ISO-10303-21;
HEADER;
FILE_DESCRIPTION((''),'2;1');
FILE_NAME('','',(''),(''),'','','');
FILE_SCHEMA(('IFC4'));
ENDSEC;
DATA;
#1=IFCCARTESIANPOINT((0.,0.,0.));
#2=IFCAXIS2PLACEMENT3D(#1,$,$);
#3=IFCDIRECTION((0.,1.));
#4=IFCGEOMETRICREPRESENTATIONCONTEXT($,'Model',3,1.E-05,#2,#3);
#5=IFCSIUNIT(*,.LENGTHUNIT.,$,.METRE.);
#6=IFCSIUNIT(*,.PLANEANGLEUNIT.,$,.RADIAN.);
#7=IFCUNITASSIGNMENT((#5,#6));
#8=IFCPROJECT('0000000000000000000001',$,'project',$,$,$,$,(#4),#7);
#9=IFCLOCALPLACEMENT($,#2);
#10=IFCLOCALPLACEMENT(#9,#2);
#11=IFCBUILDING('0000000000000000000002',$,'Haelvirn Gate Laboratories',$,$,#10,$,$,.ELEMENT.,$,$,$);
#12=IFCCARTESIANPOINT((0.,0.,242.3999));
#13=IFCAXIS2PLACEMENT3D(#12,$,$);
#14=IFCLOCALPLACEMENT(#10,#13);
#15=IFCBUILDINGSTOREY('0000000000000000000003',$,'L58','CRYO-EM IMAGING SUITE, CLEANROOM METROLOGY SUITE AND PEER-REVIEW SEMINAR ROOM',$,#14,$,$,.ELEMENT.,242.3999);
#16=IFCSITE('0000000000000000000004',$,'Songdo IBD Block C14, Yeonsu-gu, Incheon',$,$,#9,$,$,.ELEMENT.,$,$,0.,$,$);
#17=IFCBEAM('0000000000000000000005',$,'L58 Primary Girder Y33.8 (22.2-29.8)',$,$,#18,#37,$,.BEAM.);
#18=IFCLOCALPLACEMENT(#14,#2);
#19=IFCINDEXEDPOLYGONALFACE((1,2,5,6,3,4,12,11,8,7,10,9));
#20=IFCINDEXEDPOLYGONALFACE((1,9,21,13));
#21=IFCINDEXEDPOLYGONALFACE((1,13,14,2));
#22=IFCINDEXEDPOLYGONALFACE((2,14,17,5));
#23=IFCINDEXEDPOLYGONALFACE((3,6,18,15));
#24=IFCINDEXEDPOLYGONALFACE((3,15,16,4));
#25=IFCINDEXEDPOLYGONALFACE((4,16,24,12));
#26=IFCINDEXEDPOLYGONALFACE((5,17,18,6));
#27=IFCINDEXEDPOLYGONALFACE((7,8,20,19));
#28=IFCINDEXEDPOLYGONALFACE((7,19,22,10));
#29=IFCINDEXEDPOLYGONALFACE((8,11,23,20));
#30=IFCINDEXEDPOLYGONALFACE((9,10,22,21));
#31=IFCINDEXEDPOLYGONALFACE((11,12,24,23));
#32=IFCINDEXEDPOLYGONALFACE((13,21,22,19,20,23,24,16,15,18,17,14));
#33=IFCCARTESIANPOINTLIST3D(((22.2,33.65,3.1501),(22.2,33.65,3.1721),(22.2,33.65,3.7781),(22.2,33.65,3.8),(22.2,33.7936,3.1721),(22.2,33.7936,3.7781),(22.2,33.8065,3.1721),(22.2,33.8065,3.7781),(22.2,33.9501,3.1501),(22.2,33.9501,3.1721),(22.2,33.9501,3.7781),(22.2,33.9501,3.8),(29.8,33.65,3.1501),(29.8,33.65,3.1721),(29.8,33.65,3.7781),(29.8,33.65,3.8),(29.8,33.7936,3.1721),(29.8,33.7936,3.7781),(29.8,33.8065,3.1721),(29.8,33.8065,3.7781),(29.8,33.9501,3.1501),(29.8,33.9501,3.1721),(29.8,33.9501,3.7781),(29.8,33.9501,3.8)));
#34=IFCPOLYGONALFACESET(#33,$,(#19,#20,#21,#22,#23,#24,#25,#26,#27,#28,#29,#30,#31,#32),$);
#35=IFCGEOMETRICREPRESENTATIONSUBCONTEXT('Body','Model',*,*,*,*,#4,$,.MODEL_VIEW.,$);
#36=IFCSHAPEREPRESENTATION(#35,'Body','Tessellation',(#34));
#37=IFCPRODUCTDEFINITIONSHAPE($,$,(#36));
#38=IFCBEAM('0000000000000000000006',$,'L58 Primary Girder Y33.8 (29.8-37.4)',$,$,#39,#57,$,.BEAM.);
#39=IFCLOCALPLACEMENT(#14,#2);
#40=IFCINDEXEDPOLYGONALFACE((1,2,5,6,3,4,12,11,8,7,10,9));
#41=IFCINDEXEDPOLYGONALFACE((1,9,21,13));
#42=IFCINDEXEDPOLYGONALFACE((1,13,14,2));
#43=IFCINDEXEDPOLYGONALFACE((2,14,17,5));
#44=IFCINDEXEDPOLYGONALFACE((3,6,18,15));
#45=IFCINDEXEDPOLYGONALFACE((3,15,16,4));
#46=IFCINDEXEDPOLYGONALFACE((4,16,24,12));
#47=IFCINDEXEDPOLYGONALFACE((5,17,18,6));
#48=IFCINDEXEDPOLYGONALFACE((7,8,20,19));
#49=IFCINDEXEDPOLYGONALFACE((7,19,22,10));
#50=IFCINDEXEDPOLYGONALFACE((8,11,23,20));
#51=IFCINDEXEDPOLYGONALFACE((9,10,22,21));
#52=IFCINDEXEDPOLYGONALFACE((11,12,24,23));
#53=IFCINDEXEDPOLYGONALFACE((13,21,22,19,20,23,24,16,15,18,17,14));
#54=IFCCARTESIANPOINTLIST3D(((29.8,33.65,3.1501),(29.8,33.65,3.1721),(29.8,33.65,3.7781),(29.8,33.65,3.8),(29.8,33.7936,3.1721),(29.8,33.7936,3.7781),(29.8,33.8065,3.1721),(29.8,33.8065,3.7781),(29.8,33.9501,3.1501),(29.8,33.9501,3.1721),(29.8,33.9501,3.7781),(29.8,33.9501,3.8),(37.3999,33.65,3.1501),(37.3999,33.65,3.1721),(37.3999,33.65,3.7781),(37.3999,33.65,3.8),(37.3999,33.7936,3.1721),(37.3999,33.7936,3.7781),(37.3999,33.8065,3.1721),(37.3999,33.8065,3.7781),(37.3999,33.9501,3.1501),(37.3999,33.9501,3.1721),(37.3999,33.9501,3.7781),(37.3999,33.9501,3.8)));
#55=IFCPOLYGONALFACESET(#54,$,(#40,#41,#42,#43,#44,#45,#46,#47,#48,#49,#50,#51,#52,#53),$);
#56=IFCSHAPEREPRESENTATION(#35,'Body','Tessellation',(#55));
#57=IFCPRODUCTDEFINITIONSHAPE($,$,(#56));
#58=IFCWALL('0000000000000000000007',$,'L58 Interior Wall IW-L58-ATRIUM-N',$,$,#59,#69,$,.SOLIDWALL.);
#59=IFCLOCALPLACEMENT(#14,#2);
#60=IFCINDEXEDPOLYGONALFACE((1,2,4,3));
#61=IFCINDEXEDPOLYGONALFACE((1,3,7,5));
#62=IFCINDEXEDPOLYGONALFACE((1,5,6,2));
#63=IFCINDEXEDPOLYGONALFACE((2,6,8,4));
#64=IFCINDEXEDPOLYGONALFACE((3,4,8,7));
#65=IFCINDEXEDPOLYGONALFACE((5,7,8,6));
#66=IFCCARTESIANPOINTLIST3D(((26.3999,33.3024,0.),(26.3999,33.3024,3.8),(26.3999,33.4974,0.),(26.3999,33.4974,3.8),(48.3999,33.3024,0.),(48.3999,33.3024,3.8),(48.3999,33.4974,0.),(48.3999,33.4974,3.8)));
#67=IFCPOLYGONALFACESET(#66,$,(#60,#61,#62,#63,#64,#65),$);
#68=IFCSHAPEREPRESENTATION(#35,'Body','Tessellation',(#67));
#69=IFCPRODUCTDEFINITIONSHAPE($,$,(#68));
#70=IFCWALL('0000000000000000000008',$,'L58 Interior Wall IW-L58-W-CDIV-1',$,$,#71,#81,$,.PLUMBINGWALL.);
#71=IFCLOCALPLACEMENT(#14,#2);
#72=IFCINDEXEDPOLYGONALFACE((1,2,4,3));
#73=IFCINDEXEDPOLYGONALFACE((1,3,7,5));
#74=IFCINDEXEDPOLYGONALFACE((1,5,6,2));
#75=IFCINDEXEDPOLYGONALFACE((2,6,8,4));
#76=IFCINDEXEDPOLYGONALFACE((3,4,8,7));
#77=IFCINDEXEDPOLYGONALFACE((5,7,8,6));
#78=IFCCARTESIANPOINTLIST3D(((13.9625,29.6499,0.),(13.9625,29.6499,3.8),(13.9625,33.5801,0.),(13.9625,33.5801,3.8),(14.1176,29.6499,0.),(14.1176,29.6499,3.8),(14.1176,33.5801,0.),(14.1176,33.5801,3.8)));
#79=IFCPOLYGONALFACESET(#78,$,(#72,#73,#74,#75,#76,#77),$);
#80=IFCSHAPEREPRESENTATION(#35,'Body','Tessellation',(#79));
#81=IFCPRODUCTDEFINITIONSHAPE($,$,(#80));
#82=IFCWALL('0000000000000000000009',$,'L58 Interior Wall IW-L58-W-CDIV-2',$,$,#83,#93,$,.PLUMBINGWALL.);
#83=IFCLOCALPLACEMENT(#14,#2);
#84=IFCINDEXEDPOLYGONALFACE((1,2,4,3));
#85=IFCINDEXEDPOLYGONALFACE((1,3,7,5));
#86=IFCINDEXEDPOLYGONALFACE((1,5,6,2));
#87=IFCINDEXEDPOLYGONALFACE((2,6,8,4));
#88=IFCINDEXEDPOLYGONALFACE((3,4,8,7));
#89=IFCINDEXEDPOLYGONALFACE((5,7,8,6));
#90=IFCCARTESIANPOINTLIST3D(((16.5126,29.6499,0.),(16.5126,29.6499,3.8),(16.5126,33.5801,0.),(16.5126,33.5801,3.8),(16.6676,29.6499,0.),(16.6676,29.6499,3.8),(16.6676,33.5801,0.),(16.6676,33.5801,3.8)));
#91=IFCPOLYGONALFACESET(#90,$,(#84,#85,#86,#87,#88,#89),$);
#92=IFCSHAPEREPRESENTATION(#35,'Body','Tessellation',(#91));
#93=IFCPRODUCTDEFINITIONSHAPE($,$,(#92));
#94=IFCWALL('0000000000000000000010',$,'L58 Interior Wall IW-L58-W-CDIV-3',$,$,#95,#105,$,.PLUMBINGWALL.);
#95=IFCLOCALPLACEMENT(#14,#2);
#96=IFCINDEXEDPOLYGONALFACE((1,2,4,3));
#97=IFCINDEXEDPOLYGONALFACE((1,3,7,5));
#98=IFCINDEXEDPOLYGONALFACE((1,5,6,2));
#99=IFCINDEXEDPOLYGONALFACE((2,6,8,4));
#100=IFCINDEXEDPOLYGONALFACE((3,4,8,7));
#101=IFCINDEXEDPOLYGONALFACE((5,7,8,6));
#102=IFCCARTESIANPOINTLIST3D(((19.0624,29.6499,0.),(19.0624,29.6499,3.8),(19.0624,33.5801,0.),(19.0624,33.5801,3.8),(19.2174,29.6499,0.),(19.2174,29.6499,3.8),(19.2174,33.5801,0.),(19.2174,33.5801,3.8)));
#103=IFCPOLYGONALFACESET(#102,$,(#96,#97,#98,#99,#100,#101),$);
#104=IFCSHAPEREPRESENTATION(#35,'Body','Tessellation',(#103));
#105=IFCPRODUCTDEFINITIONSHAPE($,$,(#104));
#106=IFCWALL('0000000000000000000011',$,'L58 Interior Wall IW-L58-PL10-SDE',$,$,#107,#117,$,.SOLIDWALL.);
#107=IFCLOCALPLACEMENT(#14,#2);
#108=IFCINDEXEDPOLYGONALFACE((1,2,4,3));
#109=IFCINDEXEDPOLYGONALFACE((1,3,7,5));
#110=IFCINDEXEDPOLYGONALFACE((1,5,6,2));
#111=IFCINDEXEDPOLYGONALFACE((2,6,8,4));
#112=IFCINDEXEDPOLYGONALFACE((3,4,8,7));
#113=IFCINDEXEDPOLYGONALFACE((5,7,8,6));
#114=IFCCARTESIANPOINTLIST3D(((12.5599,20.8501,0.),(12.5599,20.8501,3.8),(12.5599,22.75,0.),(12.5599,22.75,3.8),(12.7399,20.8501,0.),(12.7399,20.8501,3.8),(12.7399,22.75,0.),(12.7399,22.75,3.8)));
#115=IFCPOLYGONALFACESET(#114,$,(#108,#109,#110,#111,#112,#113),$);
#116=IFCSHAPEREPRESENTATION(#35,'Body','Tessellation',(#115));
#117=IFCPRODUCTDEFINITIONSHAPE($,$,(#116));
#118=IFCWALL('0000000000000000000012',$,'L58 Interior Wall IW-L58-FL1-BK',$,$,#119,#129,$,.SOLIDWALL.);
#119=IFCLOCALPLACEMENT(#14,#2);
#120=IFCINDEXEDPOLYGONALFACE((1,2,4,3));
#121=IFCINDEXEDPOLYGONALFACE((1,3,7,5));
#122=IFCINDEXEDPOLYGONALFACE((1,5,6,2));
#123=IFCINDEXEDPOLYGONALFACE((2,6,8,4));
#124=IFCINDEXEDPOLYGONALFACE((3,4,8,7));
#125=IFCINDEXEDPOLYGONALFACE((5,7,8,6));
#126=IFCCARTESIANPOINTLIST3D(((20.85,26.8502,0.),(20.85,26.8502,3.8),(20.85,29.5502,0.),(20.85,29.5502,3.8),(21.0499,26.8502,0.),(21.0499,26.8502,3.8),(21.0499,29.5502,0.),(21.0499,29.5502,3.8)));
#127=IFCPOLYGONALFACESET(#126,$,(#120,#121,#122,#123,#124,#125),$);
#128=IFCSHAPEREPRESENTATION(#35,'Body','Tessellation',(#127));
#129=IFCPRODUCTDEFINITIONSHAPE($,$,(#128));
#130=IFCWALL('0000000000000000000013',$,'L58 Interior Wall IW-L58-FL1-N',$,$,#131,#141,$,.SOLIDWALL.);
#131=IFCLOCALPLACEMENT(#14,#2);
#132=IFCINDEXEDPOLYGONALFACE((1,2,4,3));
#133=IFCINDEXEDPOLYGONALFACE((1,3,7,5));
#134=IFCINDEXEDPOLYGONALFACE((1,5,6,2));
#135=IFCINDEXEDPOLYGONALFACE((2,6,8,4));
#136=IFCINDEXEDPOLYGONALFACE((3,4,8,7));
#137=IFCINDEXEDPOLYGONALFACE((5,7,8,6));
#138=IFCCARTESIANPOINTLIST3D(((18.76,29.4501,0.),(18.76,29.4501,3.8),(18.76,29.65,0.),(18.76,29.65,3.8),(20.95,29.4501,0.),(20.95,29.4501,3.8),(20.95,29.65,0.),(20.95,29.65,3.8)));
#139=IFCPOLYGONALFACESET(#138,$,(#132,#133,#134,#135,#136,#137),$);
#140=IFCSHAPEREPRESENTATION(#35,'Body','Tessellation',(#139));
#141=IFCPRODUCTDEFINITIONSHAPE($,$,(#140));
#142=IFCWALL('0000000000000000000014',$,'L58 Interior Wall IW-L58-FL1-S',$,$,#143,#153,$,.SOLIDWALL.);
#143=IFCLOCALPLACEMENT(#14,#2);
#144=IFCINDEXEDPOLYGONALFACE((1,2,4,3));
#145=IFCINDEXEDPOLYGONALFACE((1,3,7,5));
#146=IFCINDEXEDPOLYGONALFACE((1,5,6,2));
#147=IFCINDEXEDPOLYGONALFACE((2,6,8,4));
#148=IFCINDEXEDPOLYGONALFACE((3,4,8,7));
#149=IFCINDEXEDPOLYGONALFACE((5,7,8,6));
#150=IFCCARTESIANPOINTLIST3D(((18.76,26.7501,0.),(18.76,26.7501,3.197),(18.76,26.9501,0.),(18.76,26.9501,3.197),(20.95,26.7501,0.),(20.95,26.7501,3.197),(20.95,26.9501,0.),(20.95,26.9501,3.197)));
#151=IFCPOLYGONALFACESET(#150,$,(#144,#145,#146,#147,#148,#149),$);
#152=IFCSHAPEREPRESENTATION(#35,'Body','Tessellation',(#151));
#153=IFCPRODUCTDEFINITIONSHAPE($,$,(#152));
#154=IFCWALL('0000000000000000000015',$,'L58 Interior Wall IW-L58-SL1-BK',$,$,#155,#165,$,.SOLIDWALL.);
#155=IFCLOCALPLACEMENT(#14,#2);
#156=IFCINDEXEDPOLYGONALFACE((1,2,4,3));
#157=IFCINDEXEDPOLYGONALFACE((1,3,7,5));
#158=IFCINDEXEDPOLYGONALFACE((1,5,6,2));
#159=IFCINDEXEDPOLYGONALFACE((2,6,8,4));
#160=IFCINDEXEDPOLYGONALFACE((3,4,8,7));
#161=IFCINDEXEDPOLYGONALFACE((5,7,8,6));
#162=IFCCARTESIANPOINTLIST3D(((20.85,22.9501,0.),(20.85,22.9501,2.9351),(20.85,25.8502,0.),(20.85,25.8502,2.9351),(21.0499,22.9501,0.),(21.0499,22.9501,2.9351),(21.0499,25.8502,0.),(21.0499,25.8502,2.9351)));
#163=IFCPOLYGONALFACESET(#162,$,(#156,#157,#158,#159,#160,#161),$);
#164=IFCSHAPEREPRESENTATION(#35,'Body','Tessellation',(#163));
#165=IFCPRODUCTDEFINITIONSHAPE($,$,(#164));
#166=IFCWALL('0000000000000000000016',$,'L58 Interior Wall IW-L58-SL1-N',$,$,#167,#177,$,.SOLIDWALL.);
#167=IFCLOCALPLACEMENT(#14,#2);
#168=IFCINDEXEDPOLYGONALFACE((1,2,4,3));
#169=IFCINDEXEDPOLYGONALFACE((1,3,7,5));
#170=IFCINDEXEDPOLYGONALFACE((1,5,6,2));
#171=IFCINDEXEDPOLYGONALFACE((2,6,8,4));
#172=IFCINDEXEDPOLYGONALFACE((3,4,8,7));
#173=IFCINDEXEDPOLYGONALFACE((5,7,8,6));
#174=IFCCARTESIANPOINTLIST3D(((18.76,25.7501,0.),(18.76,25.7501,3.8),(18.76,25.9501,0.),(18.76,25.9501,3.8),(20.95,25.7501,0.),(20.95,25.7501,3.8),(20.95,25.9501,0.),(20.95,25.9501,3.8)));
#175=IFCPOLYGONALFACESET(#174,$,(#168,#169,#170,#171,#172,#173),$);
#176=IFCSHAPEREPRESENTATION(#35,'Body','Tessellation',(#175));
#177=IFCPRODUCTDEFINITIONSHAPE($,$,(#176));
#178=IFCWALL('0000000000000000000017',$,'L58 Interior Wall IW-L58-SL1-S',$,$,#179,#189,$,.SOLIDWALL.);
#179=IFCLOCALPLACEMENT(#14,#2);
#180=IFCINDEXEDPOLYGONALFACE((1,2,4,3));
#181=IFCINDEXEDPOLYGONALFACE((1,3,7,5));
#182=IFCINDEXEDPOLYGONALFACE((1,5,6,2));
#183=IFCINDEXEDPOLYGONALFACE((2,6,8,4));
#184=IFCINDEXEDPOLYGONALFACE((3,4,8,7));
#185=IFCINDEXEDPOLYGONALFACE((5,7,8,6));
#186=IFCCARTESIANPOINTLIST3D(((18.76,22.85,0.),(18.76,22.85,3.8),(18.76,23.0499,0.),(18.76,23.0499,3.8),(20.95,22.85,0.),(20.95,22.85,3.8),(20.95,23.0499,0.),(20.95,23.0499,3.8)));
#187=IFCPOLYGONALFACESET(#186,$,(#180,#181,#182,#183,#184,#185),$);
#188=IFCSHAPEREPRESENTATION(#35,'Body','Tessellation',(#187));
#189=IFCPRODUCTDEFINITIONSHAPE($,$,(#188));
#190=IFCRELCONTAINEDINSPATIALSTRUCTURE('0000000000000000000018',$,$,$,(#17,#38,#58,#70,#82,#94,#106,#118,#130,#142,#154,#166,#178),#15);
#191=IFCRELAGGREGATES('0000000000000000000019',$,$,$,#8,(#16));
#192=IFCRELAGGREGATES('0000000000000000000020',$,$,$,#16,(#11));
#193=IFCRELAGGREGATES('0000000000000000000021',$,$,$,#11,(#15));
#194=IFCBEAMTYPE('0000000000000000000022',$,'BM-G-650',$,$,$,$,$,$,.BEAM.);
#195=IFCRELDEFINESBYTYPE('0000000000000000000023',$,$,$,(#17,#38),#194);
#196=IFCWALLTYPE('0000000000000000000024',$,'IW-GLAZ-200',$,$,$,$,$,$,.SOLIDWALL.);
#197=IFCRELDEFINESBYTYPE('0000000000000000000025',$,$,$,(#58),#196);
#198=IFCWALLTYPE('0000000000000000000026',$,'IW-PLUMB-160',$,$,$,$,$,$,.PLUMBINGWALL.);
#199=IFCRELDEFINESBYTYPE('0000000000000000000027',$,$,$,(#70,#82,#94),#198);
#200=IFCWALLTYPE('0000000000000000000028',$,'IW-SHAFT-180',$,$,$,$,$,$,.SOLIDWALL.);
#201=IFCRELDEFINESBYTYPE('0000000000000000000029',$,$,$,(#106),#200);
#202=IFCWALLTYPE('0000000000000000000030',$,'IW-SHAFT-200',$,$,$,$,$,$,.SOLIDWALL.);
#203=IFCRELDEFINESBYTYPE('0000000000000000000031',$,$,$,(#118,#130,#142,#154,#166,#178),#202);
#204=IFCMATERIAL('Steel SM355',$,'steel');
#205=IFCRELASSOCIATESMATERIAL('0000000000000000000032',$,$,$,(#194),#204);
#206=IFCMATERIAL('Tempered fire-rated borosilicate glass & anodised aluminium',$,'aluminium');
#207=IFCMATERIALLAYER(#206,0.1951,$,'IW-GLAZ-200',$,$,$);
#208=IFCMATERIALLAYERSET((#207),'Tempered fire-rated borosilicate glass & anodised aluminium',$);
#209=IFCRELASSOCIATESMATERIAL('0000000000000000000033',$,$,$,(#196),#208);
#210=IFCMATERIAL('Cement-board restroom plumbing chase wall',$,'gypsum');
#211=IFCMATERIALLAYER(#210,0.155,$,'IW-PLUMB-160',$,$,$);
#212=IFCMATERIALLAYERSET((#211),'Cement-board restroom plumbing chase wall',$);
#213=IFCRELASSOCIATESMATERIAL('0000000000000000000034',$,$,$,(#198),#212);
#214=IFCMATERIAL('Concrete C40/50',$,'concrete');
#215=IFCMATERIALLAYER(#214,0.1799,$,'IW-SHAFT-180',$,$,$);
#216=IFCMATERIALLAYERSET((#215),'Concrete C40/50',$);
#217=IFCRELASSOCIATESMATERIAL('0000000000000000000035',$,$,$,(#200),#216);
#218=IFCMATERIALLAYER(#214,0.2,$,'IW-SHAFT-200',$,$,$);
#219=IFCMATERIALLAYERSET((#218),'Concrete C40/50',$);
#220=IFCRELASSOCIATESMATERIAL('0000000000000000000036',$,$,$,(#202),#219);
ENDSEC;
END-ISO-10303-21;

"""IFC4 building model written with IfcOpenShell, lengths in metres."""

from ifc_helpers import new_model, si_unit, direction, frame, frame_2d, origin, origin_2d, place, context, subcontext, project, spatial, rectangle, i_section, extrude, source, transform, mapped, material, layer, layer_set, material_profile, profile_set, type_object, type_shapes, element, save


model = new_model("IFC4")

# Units and contexts
model_context = context("Model", 3, precision=1e-05, world=origin(), true_north=direction((0.0, 1.0)))
body_context = subcontext(model_context, "Body", "Model", "MODEL_VIEW")
ifc_project = project(units=[si_unit("LENGTHUNIT", "METRE"), si_unit("PLANEANGLEUNIT", "RADIAN")], contexts=[model_context])

# Site, building, storey
site_placement = place(None, origin())
site = spatial("IfcSite", under=ifc_project, at=site_placement, Name="Songdo IBD Block C14, Yeonsu-gu, Incheon", CompositionType="ELEMENT", RefElevation=0.0)
building_placement = place(site_placement, origin())
building = spatial("IfcBuilding", under=site, at=building_placement, Name="Haelvirn Gate Laboratories", CompositionType="ELEMENT")
storey_placement = place(building_placement, frame((0.0, 0.0, 242.3999)))
storey = spatial("IfcBuildingStorey", under=building, at=storey_placement, Name="L58", Description="CRYO-EM IMAGING SUITE, CLEANROOM METROLOGY SUITE AND PEER-REVIEW SEMINAR ROOM", CompositionType="ELEMENT", Elevation=242.3999)

# Shared definitions
ifc_material_1 = material(Name="Steel SM355", Category="steel")

# Beams
ifc_material_profile_1 = material_profile(ifc_material_1, i_section(OverallWidth=0.3, OverallDepth=0.6499, WebThickness=0.0129, FlangeThickness=0.022, at=origin_2d()), Name="H-650x300x13x22")
ifc_profile_set_1 = profile_set([ifc_material_profile_1], Name="Steel SM355")
beam_type_1 = type_object("IfcBeamType", Name="BM-G-650", PredefinedType="BEAM", material=ifc_profile_set_1)
shared_shape_1 = source(origin(), body_context, "Body", "SweptSolid", [
    extrude(i_section(OverallWidth=0.3, OverallDepth=0.6499, WebThickness=0.0129, FlangeThickness=0.022, at=origin_2d()), origin(), (0.0, 0.0, 1.0), 7.6001),
])
beam_1_placement = place(storey_placement, frame((22.2, 33.8, 3.4751), z_axis=(1.0, 0.0, 0.0), x_axis=(0.0, 1.0, 0.0)))
element("IfcBeam", 1, at=beam_1_placement, inside=storey, type_object=beam_type_1, Name="L58 Primary Girder Y33.8 (22.2-29.8)", PredefinedType="BEAM", context=body_context, shape_type="MappedRepresentation", body=[
    mapped(shared_shape_1, transform((0.0, 0.0, 0.0), scale=1.0)),
])
shared_shape_2 = source(origin(), body_context, "Body", "SweptSolid", [
    extrude(i_section(OverallWidth=0.3, OverallDepth=0.6499, WebThickness=0.0129, FlangeThickness=0.022, at=origin_2d()), origin(), (0.0, 0.0, 1.0), 7.5999),
])
type_shapes(beam_type_1, [shared_shape_1, shared_shape_2])
beam_2_placement = place(storey_placement, frame((29.8, 33.8, 3.4751), z_axis=(1.0, 0.0, 0.0), x_axis=(0.0, 1.0, 0.0)))
element("IfcBeam", 2, at=beam_2_placement, inside=storey, type_object=beam_type_1, Name="L58 Primary Girder Y33.8 (29.8-37.4)", PredefinedType="BEAM", context=body_context, shape_type="MappedRepresentation", body=[
    mapped(shared_shape_2, transform((0.0, 0.0, 0.0), scale=1.0)),
])

# Walls
ifc_material_2 = material(Name="Tempered fire-rated borosilicate glass & anodised aluminium", Category="aluminium")
ifc_layer_1 = layer(ifc_material_2, 0.1951, Name="IW-GLAZ-200")
ifc_layer_set_1 = layer_set([ifc_layer_1], Name="Tempered fire-rated borosilicate glass & anodised aluminium")
wall_type_1 = type_object("IfcWallType", Name="IW-GLAZ-200", PredefinedType="SOLIDWALL", material=ifc_layer_set_1)
wall_1_placement = place(storey_placement, frame((26.3999, 33.3999, 0.0), z_axis=(0.0, 0.0, 1.0), x_axis=(1.0, 0.0, 0.0)))
element("IfcWall", 3, at=wall_1_placement, inside=storey, type_object=wall_type_1, Name="L58 Interior Wall IW-L58-ATRIUM-N", PredefinedType="SOLIDWALL", context=body_context, shape_type="SweptSolid", body=[
    extrude(rectangle(XDim=22.0, YDim=0.1951, at=frame_2d((11.0, 0.0))), origin(), (0.0, 0.0, 1.0), 3.8),
])
ifc_material_3 = material(Name="Cement-board restroom plumbing chase wall", Category="gypsum")
ifc_layer_2 = layer(ifc_material_3, 0.155, Name="IW-PLUMB-160")
ifc_layer_set_2 = layer_set([ifc_layer_2], Name="Cement-board restroom plumbing chase wall")
wall_type_2 = type_object("IfcWallType", Name="IW-PLUMB-160", PredefinedType="PLUMBINGWALL", material=ifc_layer_set_2)
for number, where, z_axis, x_axis, name in (
    (4, (14.04, 29.6499, 0.0), (0.0, 0.0, 1.0), (0.0, 1.0, 0.0), "L58 Interior Wall IW-L58-W-CDIV-1"),
    (5, (16.5901, 29.6499, 0.0), (0.0, 0.0, 1.0), (0.0, 1.0, 0.0), "L58 Interior Wall IW-L58-W-CDIV-2"),
    (6, (19.1399, 29.6499, 0.0), (0.0, 0.0, 1.0), (0.0, 1.0, 0.0), "L58 Interior Wall IW-L58-W-CDIV-3"),
):
    element("IfcWall", number, at=place(storey_placement, frame(where, z_axis=z_axis, x_axis=x_axis)), inside=storey, type_object=wall_type_2, Name=name, PredefinedType="PLUMBINGWALL", context=body_context, shape_type="SweptSolid", body=[
        extrude(rectangle(XDim=3.9302, YDim=0.155, at=frame_2d((1.9651, 0.0))), origin(), (0.0, 0.0, 1.0), 3.8),
    ])
ifc_material_4 = material(Name="Concrete C40/50", Category="concrete")
ifc_layer_3 = layer(ifc_material_4, 0.1799, Name="IW-SHAFT-180")
ifc_layer_set_3 = layer_set([ifc_layer_3], Name="Concrete C40/50")
wall_type_3 = type_object("IfcWallType", Name="IW-SHAFT-180", PredefinedType="SOLIDWALL", material=ifc_layer_set_3)
wall_2_placement = place(storey_placement, frame((12.6499, 20.8501, 0.0), z_axis=(0.0, 0.0, 1.0), x_axis=(0.0, 1.0, 0.0)))
element("IfcWall", 7, at=wall_2_placement, inside=storey, type_object=wall_type_3, Name="L58 Interior Wall IW-L58-PL10-SDE", PredefinedType="SOLIDWALL", context=body_context, shape_type="SweptSolid", body=[
    extrude(rectangle(XDim=1.8999, YDim=0.1799, at=frame_2d((0.95, 0.0))), origin(), (0.0, 0.0, 1.0), 3.8),
])
ifc_layer_4 = layer(ifc_material_4, 0.2, Name="IW-SHAFT-200")
ifc_layer_set_4 = layer_set([ifc_layer_4], Name="Concrete C40/50")
wall_type_4 = type_object("IfcWallType", Name="IW-SHAFT-200", PredefinedType="SOLIDWALL", material=ifc_layer_set_4)
wall_3_placement = place(storey_placement, frame((20.95, 26.8501, 0.0), z_axis=(0.0, 0.0, 1.0), x_axis=(0.0, 1.0, 0.0)))
element("IfcWall", 8, at=wall_3_placement, inside=storey, type_object=wall_type_4, Name="L58 Interior Wall IW-L58-FL1-BK", PredefinedType="SOLIDWALL", context=body_context, shape_type="SweptSolid", body=[
    extrude(rectangle(XDim=2.7, YDim=0.2, at=frame_2d((1.3501, 0.0))), origin(), (0.0, 0.0, 1.0), 3.8),
])
wall_4_placement = place(storey_placement, frame((18.76, 29.55, 0.0), z_axis=(0.0, 0.0, 1.0), x_axis=(1.0, 0.0, 0.0)))
element("IfcWall", 9, at=wall_4_placement, inside=storey, type_object=wall_type_4, Name="L58 Interior Wall IW-L58-FL1-N", PredefinedType="SOLIDWALL", context=body_context, shape_type="SweptSolid", body=[
    extrude(rectangle(XDim=2.1899, YDim=0.2, at=frame_2d((1.095, 0.0))), origin(), (0.0, 0.0, 1.0), 3.8),
])
wall_5_placement = place(storey_placement, frame((18.76, 26.8501, 0.0), z_axis=(0.0, 0.0, 1.0), x_axis=(1.0, 0.0, 0.0)))
element("IfcWall", 10, at=wall_5_placement, inside=storey, type_object=wall_type_4, Name="L58 Interior Wall IW-L58-FL1-S", PredefinedType="SOLIDWALL", context=body_context, shape_type="SweptSolid", body=[
    extrude(rectangle(XDim=2.1899, YDim=0.2, at=frame_2d((1.095, 0.0))), origin(), (0.0, 0.0, 1.0), 3.197),
])
wall_6_placement = place(storey_placement, frame((20.95, 22.95, 0.0), z_axis=(0.0, 0.0, 1.0), x_axis=(0.0, 1.0, 0.0)))
element("IfcWall", 11, at=wall_6_placement, inside=storey, type_object=wall_type_4, Name="L58 Interior Wall IW-L58-SL1-BK", PredefinedType="SOLIDWALL", context=body_context, shape_type="SweptSolid", body=[
    extrude(rectangle(XDim=2.9001, YDim=0.2, at=frame_2d((1.4502, 0.0))), origin(), (0.0, 0.0, 1.0), 2.9351),
])
for number, where, z_axis, x_axis, name in (
    (12, (18.76, 25.8501, 0.0), (0.0, 0.0, 1.0), (1.0, 0.0, 0.0), "L58 Interior Wall IW-L58-SL1-N"),
    (13, (18.76, 22.95, 0.0), (0.0, 0.0, 1.0), (1.0, 0.0, 0.0), "L58 Interior Wall IW-L58-SL1-S"),
):
    element("IfcWall", number, at=place(storey_placement, frame(where, z_axis=z_axis, x_axis=x_axis)), inside=storey, type_object=wall_type_4, Name=name, PredefinedType="SOLIDWALL", context=body_context, shape_type="SweptSolid", body=[
        extrude(rectangle(XDim=2.1899, YDim=0.2, at=frame_2d((1.095, 0.0))), origin(), (0.0, 0.0, 1.0), 3.8),
    ])

save(model, "model.ifc")
